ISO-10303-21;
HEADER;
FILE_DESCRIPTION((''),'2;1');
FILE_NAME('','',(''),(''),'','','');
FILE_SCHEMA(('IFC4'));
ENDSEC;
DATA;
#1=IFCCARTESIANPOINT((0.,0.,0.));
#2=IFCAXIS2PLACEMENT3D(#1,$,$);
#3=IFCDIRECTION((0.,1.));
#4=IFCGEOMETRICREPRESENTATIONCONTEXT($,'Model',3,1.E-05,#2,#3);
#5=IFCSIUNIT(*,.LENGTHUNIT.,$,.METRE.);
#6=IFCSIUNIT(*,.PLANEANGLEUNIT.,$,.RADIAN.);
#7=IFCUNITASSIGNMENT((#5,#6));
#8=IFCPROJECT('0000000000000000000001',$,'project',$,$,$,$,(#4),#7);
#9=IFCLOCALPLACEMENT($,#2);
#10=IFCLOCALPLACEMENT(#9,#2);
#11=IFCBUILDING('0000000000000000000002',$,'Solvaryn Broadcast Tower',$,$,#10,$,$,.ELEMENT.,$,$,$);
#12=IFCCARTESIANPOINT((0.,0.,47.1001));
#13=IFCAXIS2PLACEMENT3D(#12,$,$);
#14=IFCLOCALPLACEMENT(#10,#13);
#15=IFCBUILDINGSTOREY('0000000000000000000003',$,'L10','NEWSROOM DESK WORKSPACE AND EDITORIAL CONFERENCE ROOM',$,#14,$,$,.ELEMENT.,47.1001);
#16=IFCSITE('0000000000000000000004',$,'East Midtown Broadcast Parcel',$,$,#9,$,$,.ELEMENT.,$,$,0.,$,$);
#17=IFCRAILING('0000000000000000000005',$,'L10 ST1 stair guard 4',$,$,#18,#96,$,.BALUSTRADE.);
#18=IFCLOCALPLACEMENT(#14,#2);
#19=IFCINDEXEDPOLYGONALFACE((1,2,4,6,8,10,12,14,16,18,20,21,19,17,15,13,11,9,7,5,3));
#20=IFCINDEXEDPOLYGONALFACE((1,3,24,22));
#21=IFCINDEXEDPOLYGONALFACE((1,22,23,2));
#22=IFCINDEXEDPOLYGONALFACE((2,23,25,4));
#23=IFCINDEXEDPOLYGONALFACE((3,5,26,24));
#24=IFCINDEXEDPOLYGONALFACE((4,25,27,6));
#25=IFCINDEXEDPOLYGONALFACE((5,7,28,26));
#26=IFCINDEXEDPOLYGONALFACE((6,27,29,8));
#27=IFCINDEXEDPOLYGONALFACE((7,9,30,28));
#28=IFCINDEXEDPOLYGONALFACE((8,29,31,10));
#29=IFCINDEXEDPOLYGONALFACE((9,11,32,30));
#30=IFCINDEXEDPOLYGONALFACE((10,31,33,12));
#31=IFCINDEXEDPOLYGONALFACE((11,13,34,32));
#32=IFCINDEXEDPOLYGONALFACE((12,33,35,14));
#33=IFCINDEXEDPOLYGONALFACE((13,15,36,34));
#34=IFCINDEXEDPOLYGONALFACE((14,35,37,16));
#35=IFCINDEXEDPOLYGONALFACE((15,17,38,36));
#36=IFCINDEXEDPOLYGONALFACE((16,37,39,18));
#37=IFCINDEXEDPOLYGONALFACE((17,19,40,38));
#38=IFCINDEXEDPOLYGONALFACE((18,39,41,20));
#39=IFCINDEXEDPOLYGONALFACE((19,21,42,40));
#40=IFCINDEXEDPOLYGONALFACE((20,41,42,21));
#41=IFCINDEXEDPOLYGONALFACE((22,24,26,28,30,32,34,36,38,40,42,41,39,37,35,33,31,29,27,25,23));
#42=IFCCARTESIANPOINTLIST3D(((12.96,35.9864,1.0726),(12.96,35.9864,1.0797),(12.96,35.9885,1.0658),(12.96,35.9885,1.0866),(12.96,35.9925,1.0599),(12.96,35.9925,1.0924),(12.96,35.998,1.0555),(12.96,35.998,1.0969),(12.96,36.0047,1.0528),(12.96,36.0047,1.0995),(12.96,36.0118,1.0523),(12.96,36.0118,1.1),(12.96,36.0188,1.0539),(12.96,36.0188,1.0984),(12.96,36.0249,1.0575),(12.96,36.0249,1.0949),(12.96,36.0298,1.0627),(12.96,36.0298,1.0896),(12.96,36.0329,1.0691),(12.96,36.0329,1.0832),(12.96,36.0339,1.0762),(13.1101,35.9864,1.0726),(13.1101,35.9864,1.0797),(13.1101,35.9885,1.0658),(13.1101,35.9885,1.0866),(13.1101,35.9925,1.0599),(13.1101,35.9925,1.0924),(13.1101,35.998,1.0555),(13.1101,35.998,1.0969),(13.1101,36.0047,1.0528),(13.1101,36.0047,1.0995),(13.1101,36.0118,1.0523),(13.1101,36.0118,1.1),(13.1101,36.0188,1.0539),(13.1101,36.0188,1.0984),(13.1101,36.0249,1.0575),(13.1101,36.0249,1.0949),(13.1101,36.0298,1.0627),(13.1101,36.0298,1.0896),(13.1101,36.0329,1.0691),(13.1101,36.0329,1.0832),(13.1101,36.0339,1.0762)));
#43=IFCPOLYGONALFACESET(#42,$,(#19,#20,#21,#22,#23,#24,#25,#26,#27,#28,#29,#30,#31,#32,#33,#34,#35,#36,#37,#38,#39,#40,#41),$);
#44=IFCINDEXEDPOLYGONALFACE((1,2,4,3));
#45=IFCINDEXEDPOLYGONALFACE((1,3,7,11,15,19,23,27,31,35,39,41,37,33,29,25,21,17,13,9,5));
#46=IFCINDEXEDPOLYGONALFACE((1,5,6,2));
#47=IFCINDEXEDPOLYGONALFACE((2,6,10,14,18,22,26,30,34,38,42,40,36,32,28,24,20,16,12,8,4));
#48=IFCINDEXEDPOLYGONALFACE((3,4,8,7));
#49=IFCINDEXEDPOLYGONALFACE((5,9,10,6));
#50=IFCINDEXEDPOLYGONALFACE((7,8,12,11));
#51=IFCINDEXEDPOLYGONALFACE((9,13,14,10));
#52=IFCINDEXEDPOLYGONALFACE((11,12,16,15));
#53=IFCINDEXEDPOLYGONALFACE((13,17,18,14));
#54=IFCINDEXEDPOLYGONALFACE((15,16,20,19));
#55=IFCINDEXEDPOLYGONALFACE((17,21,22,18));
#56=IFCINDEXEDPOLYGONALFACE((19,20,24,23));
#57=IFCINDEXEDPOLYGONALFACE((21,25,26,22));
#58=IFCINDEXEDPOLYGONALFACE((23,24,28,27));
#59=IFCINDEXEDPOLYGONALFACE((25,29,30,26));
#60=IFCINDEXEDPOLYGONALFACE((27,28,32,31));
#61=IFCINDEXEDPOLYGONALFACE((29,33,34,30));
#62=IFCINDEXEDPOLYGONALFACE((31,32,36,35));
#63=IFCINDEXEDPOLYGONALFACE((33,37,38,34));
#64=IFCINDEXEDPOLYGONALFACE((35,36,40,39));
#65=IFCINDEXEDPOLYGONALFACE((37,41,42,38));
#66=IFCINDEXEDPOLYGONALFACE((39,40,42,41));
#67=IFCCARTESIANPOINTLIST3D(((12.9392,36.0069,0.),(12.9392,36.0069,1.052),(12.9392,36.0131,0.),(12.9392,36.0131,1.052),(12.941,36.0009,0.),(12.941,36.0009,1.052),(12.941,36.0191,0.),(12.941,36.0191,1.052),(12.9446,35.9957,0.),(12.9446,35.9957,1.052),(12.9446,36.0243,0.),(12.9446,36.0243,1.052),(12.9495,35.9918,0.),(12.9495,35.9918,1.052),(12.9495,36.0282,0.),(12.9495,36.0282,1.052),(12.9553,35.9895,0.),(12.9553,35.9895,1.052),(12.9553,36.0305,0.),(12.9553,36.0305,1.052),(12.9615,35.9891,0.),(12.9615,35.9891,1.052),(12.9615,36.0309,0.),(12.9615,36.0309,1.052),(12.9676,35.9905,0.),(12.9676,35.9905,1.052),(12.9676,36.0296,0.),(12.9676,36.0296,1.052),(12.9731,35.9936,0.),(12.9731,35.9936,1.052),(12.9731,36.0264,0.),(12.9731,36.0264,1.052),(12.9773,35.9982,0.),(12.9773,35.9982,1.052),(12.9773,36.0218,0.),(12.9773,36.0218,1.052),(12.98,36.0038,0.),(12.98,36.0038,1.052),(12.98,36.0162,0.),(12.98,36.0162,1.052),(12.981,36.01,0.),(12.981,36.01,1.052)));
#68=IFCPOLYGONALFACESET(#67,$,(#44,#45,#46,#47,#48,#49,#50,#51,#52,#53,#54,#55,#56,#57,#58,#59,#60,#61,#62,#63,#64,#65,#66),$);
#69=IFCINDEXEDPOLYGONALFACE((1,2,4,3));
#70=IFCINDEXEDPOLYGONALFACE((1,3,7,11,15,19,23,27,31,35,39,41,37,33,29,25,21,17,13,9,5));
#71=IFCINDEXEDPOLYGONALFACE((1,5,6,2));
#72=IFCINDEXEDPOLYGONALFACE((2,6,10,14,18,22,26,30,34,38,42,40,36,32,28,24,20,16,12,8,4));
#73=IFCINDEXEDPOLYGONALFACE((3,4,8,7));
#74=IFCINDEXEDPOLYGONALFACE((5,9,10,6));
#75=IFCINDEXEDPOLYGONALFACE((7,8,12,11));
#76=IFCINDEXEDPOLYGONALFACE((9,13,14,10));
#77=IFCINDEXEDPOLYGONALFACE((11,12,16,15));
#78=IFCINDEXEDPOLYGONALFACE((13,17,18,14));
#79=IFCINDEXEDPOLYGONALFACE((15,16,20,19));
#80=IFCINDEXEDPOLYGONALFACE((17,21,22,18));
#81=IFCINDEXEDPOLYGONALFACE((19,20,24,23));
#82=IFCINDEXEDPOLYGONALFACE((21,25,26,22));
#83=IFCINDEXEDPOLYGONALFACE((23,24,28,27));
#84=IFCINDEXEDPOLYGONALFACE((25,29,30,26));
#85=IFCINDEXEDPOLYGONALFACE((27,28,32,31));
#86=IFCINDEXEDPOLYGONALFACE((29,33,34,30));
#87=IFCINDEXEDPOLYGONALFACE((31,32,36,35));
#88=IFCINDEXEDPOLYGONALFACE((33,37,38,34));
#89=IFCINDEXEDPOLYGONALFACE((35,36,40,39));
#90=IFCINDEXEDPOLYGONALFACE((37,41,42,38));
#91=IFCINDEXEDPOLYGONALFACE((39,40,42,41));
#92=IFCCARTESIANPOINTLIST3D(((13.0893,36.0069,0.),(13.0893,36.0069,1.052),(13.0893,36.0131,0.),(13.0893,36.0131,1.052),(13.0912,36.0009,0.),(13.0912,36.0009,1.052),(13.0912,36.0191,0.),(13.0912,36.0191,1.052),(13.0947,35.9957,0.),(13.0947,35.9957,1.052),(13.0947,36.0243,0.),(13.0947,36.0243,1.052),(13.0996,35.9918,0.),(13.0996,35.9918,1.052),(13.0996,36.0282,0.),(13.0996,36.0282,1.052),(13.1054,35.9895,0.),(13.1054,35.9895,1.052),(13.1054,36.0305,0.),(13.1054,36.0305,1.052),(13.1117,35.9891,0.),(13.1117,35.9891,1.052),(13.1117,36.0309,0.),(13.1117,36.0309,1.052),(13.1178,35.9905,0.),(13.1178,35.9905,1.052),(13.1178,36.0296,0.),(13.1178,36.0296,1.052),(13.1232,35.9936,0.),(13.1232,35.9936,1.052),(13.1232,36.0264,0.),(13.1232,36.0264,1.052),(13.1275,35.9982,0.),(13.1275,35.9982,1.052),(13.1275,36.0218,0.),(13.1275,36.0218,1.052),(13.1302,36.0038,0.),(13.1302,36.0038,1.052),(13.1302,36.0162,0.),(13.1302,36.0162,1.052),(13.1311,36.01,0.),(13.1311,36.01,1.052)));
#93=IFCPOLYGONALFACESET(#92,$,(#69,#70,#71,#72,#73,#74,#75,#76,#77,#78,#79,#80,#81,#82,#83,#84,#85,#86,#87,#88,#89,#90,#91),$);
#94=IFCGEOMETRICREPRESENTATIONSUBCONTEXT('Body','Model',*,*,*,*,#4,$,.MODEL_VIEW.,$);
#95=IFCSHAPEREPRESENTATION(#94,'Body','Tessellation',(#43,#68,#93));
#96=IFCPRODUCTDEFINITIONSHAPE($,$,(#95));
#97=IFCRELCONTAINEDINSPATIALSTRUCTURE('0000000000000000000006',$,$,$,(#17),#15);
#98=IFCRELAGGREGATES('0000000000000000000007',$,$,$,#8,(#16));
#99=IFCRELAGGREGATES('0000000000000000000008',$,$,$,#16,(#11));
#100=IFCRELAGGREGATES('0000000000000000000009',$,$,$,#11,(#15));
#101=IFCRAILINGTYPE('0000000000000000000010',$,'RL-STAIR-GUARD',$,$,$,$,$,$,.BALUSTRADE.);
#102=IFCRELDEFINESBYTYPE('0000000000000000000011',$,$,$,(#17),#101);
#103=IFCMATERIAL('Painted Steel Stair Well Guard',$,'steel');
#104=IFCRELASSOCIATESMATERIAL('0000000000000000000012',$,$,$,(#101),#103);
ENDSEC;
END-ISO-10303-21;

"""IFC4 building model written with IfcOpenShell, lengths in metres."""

from ifc_helpers import new_model, si_unit, direction, frame, origin, origin_2d, place, context, subcontext, project, spatial, circle, extrude, material, type_object, element, save


model = new_model("IFC4")

# Units and contexts
model_context = context("Model", 3, precision=1e-05, world=origin(), true_north=direction((0.0, 1.0)))
body_context = subcontext(model_context, "Body", "Model", "MODEL_VIEW")
ifc_project = project(units=[si_unit("LENGTHUNIT", "METRE"), si_unit("PLANEANGLEUNIT", "RADIAN")], contexts=[model_context])

# Site, building, storey
site_placement = place(None, origin())
site = spatial("IfcSite", under=ifc_project, at=site_placement, Name="East Midtown Broadcast Parcel", CompositionType="ELEMENT", RefElevation=0.0)
building_placement = place(site_placement, origin())
building = spatial("IfcBuilding", under=site, at=building_placement, Name="Solvaryn Broadcast Tower", CompositionType="ELEMENT")
storey_placement = place(building_placement, frame((0.0, 0.0, 47.1001)))
storey = spatial("IfcBuildingStorey", under=building, at=storey_placement, Name="L10", Description="NEWSROOM DESK WORKSPACE AND EDITORIAL CONFERENCE ROOM", CompositionType="ELEMENT", Elevation=47.1001)

# Railing
ifc_material_1 = material(Name="Painted Steel Stair Well Guard", Category="steel")
railing_type_1 = type_object("IfcRailingType", Name="RL-STAIR-GUARD", PredefinedType="BALUSTRADE", material=ifc_material_1)
railing_1_placement = place(storey_placement, frame((12.96, 36.01, 0.0)))
element("IfcRailing", 1, at=railing_1_placement, inside=storey, type_object=railing_type_1, Name="L10 ST1 stair guard 4", PredefinedType="BALUSTRADE", context=body_context, shape_type="SweptSolid", body=[
    extrude(circle(Radius=0.0239, at=origin_2d()), frame((0.0, 0.0, 1.0762), z_axis=(1.0, 0.0, 0.0), x_axis=(0.0, 1.0, 0.0)), (0.0, 0.0, 1.0), 0.1501),
    extrude(circle(Radius=0.021, at=origin_2d()), origin(), (0.0, 0.0, 1.0), 1.052),
    extrude(circle(Radius=0.021, at=origin_2d()), frame((0.1501, 0.0, 0.0)), (0.0, 0.0, 1.0), 1.052),
])

save(model, "model.ifc")
